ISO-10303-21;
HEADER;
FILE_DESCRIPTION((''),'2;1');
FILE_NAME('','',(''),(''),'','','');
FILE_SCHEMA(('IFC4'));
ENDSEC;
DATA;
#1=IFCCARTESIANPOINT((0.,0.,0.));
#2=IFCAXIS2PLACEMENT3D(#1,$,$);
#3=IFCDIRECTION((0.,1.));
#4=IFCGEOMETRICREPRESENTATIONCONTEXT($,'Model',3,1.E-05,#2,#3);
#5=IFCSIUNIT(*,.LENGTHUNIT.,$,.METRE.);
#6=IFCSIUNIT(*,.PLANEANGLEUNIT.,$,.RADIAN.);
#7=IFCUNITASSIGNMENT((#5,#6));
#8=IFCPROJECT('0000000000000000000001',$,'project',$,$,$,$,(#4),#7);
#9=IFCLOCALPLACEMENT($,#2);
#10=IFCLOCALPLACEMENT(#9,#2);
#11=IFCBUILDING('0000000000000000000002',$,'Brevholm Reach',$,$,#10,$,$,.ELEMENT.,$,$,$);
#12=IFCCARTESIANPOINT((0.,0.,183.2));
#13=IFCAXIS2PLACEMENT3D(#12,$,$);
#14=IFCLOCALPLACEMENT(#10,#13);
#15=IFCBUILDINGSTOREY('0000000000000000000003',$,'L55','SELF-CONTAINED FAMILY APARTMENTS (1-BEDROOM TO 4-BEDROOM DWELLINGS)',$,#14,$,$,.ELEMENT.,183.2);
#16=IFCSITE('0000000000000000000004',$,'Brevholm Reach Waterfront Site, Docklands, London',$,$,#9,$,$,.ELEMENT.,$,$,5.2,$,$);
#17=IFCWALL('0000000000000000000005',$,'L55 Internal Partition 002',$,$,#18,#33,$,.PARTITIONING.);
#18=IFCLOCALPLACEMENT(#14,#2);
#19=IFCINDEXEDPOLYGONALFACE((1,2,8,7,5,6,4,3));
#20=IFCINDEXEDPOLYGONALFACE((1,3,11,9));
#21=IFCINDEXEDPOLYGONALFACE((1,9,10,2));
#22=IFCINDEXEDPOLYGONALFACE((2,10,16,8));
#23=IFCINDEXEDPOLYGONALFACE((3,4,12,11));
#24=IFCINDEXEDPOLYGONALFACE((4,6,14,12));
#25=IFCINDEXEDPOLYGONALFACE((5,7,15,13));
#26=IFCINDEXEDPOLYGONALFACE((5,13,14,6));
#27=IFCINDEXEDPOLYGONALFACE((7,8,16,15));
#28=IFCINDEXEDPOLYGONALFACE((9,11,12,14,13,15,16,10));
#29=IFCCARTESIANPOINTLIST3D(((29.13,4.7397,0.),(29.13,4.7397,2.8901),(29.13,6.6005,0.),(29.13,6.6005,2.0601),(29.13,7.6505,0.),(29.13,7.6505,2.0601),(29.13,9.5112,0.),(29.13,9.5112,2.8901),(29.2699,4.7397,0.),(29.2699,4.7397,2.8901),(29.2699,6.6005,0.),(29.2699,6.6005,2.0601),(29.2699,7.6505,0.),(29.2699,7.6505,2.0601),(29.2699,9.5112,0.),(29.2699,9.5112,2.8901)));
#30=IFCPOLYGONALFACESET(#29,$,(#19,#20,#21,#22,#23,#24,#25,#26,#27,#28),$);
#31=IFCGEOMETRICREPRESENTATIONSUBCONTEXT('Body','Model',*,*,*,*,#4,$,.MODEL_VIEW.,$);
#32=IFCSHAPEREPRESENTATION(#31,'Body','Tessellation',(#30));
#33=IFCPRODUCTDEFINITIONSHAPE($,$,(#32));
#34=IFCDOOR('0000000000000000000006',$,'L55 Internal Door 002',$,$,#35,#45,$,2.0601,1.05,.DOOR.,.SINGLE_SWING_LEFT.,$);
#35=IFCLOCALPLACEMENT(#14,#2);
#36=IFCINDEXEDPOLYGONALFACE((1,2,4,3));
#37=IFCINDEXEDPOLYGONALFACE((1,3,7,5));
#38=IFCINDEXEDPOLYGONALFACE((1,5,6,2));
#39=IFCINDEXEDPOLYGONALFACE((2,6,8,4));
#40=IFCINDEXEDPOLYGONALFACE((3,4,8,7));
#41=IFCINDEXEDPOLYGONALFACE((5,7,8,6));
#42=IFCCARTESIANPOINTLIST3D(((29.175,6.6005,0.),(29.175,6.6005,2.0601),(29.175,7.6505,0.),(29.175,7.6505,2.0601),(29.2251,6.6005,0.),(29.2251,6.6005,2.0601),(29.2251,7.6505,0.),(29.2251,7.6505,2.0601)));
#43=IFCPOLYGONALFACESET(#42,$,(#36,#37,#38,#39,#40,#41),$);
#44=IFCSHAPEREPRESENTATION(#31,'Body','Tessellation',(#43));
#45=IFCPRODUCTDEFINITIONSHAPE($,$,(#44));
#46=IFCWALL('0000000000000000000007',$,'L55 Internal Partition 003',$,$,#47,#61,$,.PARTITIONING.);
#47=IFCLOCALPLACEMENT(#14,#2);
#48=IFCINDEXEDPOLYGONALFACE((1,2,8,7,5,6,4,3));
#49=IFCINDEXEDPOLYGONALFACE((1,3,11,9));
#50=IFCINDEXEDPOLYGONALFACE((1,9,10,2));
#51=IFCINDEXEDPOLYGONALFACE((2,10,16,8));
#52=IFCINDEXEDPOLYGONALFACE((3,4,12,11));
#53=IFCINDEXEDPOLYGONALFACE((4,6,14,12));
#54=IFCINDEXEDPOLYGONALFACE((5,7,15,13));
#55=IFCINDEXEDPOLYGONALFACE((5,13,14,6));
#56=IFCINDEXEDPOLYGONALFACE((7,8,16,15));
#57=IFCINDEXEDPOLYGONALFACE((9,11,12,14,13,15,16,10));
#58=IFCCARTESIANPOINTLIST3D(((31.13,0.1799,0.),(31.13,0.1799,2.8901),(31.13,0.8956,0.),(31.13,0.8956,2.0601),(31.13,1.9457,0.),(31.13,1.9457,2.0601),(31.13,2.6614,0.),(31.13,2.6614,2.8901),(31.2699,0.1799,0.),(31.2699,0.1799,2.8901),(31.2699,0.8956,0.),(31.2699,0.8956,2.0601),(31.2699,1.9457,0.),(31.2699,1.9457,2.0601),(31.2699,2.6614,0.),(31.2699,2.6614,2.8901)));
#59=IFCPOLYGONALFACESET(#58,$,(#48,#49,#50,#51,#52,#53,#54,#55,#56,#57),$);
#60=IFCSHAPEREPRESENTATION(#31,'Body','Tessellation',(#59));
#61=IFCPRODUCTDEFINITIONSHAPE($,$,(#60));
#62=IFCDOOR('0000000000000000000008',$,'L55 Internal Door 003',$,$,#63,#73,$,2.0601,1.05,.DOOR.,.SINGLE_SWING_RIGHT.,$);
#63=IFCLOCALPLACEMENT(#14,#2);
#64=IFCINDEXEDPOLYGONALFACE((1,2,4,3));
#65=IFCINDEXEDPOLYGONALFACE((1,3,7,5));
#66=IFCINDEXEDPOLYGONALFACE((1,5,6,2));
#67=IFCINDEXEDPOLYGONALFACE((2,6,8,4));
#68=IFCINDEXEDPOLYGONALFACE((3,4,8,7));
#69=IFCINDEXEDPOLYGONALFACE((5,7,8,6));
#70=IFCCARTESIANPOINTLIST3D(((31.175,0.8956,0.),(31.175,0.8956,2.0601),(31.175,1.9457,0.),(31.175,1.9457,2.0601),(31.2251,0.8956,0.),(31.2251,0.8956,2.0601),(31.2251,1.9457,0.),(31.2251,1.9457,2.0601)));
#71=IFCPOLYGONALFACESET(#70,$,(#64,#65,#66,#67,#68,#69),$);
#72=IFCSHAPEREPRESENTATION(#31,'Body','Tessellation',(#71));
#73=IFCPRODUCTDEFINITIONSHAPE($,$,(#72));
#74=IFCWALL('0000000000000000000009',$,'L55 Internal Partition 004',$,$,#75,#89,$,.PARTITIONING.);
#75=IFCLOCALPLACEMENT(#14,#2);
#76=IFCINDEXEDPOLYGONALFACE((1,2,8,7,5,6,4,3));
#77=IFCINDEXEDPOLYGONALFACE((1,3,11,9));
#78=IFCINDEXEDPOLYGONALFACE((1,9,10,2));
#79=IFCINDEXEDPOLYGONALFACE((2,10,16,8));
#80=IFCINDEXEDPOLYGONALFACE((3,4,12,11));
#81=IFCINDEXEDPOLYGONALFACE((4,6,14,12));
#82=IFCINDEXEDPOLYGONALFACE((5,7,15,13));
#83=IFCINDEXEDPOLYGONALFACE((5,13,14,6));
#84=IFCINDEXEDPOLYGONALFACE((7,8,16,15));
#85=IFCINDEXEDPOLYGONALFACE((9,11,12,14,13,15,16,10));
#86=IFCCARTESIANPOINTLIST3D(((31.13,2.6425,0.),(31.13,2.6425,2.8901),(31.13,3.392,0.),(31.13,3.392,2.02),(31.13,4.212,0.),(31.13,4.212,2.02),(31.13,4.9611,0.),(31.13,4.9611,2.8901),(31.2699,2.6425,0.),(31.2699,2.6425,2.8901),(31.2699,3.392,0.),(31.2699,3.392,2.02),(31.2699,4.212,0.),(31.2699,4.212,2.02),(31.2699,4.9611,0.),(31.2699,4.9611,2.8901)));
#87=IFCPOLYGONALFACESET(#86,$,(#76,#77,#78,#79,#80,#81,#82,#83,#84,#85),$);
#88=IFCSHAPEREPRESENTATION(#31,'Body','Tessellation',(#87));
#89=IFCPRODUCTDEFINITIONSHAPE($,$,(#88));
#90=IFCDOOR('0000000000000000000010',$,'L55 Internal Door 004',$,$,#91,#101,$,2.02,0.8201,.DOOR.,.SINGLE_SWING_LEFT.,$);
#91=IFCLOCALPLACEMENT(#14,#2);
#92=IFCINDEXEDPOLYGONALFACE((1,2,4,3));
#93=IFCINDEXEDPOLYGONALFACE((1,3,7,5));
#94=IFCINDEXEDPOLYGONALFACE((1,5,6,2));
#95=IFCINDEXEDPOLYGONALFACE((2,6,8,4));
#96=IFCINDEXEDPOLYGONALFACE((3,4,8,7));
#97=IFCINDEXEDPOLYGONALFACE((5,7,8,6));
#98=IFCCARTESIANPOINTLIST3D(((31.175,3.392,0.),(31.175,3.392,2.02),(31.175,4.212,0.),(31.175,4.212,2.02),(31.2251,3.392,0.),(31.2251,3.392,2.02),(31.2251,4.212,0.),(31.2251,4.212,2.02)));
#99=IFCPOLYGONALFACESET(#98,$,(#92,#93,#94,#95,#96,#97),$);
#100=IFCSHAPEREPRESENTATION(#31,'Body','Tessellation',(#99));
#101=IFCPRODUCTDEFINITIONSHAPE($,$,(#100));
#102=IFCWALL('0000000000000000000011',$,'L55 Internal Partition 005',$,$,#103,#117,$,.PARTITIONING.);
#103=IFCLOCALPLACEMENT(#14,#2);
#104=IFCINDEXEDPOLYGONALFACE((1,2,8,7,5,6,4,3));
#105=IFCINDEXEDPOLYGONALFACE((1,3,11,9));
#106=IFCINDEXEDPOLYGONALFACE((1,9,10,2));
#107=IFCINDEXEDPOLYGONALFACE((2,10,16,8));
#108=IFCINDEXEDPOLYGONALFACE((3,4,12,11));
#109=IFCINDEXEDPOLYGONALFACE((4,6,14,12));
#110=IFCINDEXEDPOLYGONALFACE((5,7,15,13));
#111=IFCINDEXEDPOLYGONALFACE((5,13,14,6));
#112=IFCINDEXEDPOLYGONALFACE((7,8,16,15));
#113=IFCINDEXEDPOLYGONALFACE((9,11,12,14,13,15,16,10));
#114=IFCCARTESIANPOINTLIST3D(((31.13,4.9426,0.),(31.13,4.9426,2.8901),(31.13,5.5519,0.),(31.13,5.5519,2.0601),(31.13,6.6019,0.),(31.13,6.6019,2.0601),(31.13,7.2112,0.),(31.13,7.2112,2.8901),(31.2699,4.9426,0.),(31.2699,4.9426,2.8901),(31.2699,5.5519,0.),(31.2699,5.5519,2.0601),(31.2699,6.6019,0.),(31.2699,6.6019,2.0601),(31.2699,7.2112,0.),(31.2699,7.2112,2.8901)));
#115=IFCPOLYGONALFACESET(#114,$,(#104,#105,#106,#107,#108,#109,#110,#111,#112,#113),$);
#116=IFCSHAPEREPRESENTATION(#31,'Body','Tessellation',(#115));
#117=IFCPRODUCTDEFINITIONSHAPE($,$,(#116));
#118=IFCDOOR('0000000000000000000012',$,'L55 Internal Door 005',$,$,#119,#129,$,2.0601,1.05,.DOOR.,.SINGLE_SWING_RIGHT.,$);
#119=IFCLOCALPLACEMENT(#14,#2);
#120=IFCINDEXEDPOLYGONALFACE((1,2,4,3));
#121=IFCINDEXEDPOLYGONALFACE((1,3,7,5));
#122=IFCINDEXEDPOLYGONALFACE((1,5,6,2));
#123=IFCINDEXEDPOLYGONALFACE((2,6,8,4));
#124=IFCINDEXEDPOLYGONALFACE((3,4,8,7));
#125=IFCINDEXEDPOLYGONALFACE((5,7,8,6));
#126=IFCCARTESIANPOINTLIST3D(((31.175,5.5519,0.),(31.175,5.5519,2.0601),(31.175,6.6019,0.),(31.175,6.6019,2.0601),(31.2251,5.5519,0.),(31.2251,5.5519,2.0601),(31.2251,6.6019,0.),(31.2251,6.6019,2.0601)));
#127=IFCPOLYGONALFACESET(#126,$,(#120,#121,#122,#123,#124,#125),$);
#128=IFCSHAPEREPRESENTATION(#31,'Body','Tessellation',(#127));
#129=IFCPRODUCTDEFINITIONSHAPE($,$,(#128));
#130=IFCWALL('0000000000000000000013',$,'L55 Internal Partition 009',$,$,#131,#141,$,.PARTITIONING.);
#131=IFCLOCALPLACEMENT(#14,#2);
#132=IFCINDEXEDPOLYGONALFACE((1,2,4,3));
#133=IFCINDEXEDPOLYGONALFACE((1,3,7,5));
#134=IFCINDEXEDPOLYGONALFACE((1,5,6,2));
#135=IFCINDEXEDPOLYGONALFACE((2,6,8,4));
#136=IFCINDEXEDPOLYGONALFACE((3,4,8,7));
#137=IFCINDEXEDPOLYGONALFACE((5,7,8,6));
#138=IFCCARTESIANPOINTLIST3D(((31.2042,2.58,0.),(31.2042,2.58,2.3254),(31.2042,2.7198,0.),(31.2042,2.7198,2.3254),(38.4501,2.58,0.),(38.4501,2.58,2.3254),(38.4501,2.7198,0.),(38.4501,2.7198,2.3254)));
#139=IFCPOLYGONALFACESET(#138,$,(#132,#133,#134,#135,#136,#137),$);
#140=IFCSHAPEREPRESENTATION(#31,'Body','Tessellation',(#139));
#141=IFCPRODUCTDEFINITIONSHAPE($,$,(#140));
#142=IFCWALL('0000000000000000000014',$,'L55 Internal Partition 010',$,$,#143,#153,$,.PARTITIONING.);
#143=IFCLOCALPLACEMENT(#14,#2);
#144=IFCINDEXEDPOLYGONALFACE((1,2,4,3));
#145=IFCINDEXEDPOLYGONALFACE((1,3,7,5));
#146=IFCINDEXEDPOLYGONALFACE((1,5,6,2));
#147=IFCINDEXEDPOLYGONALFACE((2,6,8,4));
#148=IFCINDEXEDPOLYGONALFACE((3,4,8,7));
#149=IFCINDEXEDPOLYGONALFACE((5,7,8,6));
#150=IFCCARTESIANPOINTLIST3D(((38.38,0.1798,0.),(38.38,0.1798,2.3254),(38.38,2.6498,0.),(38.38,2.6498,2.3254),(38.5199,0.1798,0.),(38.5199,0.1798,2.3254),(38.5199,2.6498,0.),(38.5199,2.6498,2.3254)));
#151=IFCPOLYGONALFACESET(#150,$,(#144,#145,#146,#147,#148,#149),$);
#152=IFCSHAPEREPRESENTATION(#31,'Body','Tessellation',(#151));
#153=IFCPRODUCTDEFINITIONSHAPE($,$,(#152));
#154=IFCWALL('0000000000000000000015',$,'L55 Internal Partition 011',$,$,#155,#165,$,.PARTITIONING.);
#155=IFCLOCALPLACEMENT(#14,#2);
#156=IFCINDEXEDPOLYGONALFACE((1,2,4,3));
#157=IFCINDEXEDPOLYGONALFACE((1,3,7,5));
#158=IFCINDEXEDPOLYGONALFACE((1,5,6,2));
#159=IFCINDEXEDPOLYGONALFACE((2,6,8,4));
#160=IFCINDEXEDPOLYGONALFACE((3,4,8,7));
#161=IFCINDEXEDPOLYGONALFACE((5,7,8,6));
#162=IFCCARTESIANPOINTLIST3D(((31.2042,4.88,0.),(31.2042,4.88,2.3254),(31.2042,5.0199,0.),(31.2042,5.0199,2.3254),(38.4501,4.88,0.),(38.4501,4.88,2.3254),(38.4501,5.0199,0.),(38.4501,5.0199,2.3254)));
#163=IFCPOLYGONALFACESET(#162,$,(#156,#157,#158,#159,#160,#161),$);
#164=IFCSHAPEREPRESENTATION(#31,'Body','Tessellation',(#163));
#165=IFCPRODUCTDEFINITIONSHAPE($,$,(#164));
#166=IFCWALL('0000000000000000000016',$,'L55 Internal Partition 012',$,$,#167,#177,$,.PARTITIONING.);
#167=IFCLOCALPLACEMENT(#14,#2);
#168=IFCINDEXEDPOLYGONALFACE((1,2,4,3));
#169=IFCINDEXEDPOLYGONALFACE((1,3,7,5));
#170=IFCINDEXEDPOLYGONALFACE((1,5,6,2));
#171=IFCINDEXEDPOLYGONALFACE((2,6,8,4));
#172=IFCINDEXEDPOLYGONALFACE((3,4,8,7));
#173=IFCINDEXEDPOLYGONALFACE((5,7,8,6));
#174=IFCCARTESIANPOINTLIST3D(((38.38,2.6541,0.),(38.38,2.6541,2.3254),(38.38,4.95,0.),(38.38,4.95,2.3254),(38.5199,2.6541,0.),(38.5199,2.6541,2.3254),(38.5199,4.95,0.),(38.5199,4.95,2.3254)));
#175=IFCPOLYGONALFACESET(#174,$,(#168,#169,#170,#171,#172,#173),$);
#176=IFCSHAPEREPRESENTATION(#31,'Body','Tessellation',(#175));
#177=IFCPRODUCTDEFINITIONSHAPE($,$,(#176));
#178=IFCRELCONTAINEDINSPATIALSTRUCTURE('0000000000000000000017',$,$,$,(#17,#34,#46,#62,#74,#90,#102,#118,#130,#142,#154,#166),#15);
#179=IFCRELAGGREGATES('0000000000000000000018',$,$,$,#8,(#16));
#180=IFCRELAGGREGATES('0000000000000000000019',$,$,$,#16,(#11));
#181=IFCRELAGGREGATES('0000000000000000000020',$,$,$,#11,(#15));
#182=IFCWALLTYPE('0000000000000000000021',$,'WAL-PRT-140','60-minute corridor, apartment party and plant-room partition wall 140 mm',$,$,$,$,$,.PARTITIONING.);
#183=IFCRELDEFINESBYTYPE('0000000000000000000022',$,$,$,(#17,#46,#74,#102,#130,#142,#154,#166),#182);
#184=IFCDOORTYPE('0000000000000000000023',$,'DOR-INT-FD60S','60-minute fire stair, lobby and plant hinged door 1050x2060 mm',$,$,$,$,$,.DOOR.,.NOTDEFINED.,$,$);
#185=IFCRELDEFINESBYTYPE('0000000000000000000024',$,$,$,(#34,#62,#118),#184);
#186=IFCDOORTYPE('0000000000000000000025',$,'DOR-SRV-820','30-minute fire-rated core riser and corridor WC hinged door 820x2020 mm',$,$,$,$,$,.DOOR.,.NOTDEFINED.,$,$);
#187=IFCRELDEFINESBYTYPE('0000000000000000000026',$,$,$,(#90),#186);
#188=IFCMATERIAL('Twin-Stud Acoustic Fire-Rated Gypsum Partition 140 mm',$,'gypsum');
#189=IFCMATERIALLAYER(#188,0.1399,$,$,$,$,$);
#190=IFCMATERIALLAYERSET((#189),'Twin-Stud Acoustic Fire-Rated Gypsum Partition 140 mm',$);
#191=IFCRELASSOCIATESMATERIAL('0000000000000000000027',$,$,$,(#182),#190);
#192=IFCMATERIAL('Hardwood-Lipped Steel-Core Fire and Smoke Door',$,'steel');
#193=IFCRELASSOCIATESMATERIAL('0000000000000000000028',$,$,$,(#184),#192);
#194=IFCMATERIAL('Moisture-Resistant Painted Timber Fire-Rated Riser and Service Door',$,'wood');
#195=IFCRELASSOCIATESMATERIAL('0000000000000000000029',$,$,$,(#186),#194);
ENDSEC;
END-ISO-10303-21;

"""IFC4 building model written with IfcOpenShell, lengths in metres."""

from ifc_helpers import new_model, si_unit, direction, frame, frame_2d, origin, place, context, subcontext, project, spatial, rectangle, extrude, material, layer, layer_set, type_object, element, fill, save


model = new_model("IFC4")

# Units and contexts
model_context = context("Model", 3, precision=1e-05, world=origin(), true_north=direction((0.0, 1.0)))
body_context = subcontext(model_context, "Body", "Model", "MODEL_VIEW")
ifc_project = project(units=[si_unit("LENGTHUNIT", "METRE"), si_unit("PLANEANGLEUNIT", "RADIAN")], contexts=[model_context])

# Site, building, storey
site_placement = place(None, origin())
site = spatial("IfcSite", under=ifc_project, at=site_placement, Name="Brevholm Reach Waterfront Site, Docklands, London", CompositionType="ELEMENT", RefElevation=5.2)
building_placement = place(site_placement, origin())
building = spatial("IfcBuilding", under=site, at=building_placement, Name="Brevholm Reach", CompositionType="ELEMENT")
storey_placement = place(building_placement, frame((0.0, 0.0, 183.2)))
storey = spatial("IfcBuildingStorey", under=building, at=storey_placement, Name="L55", Description="SELF-CONTAINED FAMILY APARTMENTS (1-BEDROOM TO 4-BEDROOM DWELLINGS)", CompositionType="ELEMENT", Elevation=183.2)

# Walls, openings, doors
ifc_material_1 = material(Name="Twin-Stud Acoustic Fire-Rated Gypsum Partition 140 mm", Category="gypsum")
ifc_layer = layer(ifc_material_1, 0.1399)
ifc_layer_set = layer_set([ifc_layer], Name="Twin-Stud Acoustic Fire-Rated Gypsum Partition 140 mm")
wall_type = type_object("IfcWallType", Name="WAL-PRT-140", Description="60-minute corridor, apartment party and plant-room partition wall 140 mm", PredefinedType="PARTITIONING", material=ifc_layer_set)
ifc_material_2 = material(Name="Hardwood-Lipped Steel-Core Fire and Smoke Door", Category="steel")
door_type_1 = type_object("IfcDoorType", Name="DOR-INT-FD60S", Description="60-minute fire stair, lobby and plant hinged door 1050x2060 mm", OperationType="NOTDEFINED", PredefinedType="DOOR", material=ifc_material_2)
wall_1_placement = place(storey_placement, frame((29.2, 4.7397, 0.0), z_axis=(0.0, 0.0, 1.0), x_axis=(0.0, 1.0, 0.0)))
wall_1 = element("IfcWall", 1, at=wall_1_placement, inside=storey, type_object=wall_type, Name="L55 Internal Partition 002", PredefinedType="PARTITIONING", context=body_context, shape_type="SweptSolid", body=[
    extrude(rectangle(XDim=4.7715, YDim=0.1399, at=frame_2d((2.3857, 0.0))), origin(), (0.0, 0.0, 1.0), 2.8901),
])
opening_1_placement = place(wall_1_placement, frame((1.8608, 0.0, 0.0)))
opening_1 = element("IfcOpeningElement", 2, at=opening_1_placement, cuts=wall_1, PredefinedType="OPENING", context=body_context, shape_type="SweptSolid", body=[
    extrude(rectangle(XDim=1.05, YDim=2.0601, at=frame_2d((0.5249, 1.03))), frame((0.0, 0.0798, 0.0), z_axis=(0.0, -1.0, 0.0), x_axis=(1.0, 0.0, 0.0)), (0.0, 0.0, 1.0), 0.1599),
])
door_1_placement = place(opening_1_placement, origin())
door_1 = element("IfcDoor", 3, at=door_1_placement, inside=storey, type_object=door_type_1, Name="L55 Internal Door 002", OperationType="SINGLE_SWING_LEFT", OverallHeight=2.0601, OverallWidth=1.05, PredefinedType="DOOR", context=body_context, shape_type="SweptSolid", body=[
    extrude(rectangle(XDim=1.05, YDim=2.0601, at=frame_2d((0.5249, 1.03))), frame((0.0, 0.0249, 0.0), z_axis=(0.0, -1.0, 0.0), x_axis=(1.0, 0.0, 0.0)), (0.0, 0.0, 1.0), 0.05),
])
fill(opening_1, door_1)
wall_2_placement = place(storey_placement, frame((31.2, 0.1799, 0.0), z_axis=(0.0, 0.0, 1.0), x_axis=(0.0, 1.0, 0.0)))
wall_2 = element("IfcWall", 4, at=wall_2_placement, inside=storey, type_object=wall_type, Name="L55 Internal Partition 003", PredefinedType="PARTITIONING", context=body_context, shape_type="SweptSolid", body=[
    extrude(rectangle(XDim=2.4814, YDim=0.1399, at=frame_2d((1.2407, 0.0))), origin(), (0.0, 0.0, 1.0), 2.8901),
])
opening_2_placement = place(wall_2_placement, frame((0.7158, 0.0, 0.0)))
opening_2 = element("IfcOpeningElement", 5, at=opening_2_placement, cuts=wall_2, PredefinedType="OPENING", context=body_context, shape_type="SweptSolid", body=[
    extrude(rectangle(XDim=1.05, YDim=2.0601, at=frame_2d((0.5249, 1.03))), frame((0.0, 0.0798, 0.0), z_axis=(0.0, -1.0, 0.0), x_axis=(1.0, 0.0, 0.0)), (0.0, 0.0, 1.0), 0.1599),
])
door_2_placement = place(opening_2_placement, origin())
door_2 = element("IfcDoor", 6, at=door_2_placement, inside=storey, type_object=door_type_1, Name="L55 Internal Door 003", OperationType="SINGLE_SWING_RIGHT", OverallHeight=2.0601, OverallWidth=1.05, PredefinedType="DOOR", context=body_context, shape_type="SweptSolid", body=[
    extrude(rectangle(XDim=1.05, YDim=2.0601, at=frame_2d((0.5249, 1.03))), frame((0.0, 0.0249, 0.0), z_axis=(0.0, -1.0, 0.0), x_axis=(1.0, 0.0, 0.0)), (0.0, 0.0, 1.0), 0.05),
])
fill(opening_2, door_2)
wall_3_placement = place(storey_placement, frame((31.2, 2.6426, 0.0), z_axis=(0.0, 0.0, 1.0), x_axis=(0.0, 1.0, 0.0)))
wall_3 = element("IfcWall", 7, at=wall_3_placement, inside=storey, type_object=wall_type, Name="L55 Internal Partition 004", PredefinedType="PARTITIONING", context=body_context, shape_type="SweptSolid", body=[
    extrude(rectangle(XDim=2.3186, YDim=0.1399, at=frame_2d((1.1592, 0.0))), origin(), (0.0, 0.0, 1.0), 2.8901),
])
opening_3_placement = place(wall_3_placement, frame((0.7493, 0.0, 0.0)))
opening_3 = element("IfcOpeningElement", 8, at=opening_3_placement, cuts=wall_3, PredefinedType="OPENING", context=body_context, shape_type="SweptSolid", body=[
    extrude(rectangle(XDim=0.8201, YDim=2.02, at=frame_2d((0.4102, 1.01))), frame((0.0, 0.0798, 0.0), z_axis=(0.0, -1.0, 0.0), x_axis=(1.0, 0.0, 0.0)), (0.0, 0.0, 1.0), 0.1599),
])
ifc_material_3 = material(Name="Moisture-Resistant Painted Timber Fire-Rated Riser and Service Door", Category="wood")
door_type_2 = type_object("IfcDoorType", Name="DOR-SRV-820", Description="30-minute fire-rated core riser and corridor WC hinged door 820x2020 mm", OperationType="NOTDEFINED", PredefinedType="DOOR", material=ifc_material_3)
door_3_placement = place(opening_3_placement, origin())
door_3 = element("IfcDoor", 9, at=door_3_placement, inside=storey, type_object=door_type_2, Name="L55 Internal Door 004", OperationType="SINGLE_SWING_LEFT", OverallHeight=2.02, OverallWidth=0.8201, PredefinedType="DOOR", context=body_context, shape_type="SweptSolid", body=[
    extrude(rectangle(XDim=0.8201, YDim=2.02, at=frame_2d((0.4102, 1.01))), frame((0.0, 0.0249, 0.0), z_axis=(0.0, -1.0, 0.0), x_axis=(1.0, 0.0, 0.0)), (0.0, 0.0, 1.0), 0.05),
])
fill(opening_3, door_3)
wall_4_placement = place(storey_placement, frame((31.2, 4.9426, 0.0), z_axis=(0.0, 0.0, 1.0), x_axis=(0.0, 1.0, 0.0)))
wall_4 = element("IfcWall", 10, at=wall_4_placement, inside=storey, type_object=wall_type, Name="L55 Internal Partition 005", PredefinedType="PARTITIONING", context=body_context, shape_type="SweptSolid", body=[
    extrude(rectangle(XDim=2.2686, YDim=0.1399, at=frame_2d((1.1343, 0.0))), origin(), (0.0, 0.0, 1.0), 2.8901),
])
opening_4_placement = place(wall_4_placement, frame((0.6094, 0.0, 0.0)))
opening_4 = element("IfcOpeningElement", 11, at=opening_4_placement, cuts=wall_4, PredefinedType="OPENING", context=body_context, shape_type="SweptSolid", body=[
    extrude(rectangle(XDim=1.05, YDim=2.0601, at=frame_2d((0.5249, 1.03))), frame((0.0, 0.0798, 0.0), z_axis=(0.0, -1.0, 0.0), x_axis=(1.0, 0.0, 0.0)), (0.0, 0.0, 1.0), 0.1599),
])
door_4_placement = place(opening_4_placement, origin())
door_4 = element("IfcDoor", 12, at=door_4_placement, inside=storey, type_object=door_type_1, Name="L55 Internal Door 005", OperationType="SINGLE_SWING_RIGHT", OverallHeight=2.0601, OverallWidth=1.05, PredefinedType="DOOR", context=body_context, shape_type="SweptSolid", body=[
    extrude(rectangle(XDim=1.05, YDim=2.0601, at=frame_2d((0.5249, 1.03))), frame((0.0, 0.0249, 0.0), z_axis=(0.0, -1.0, 0.0), x_axis=(1.0, 0.0, 0.0)), (0.0, 0.0, 1.0), 0.05),
])
fill(opening_4, door_4)

# Walls
wall_5_placement = place(storey_placement, frame((31.2041, 2.6499, 0.0), z_axis=(0.0, 0.0, 1.0), x_axis=(1.0, 0.0, 0.0)))
element("IfcWall", 13, at=wall_5_placement, inside=storey, type_object=wall_type, Name="L55 Internal Partition 009", PredefinedType="PARTITIONING", context=body_context, shape_type="SweptSolid", body=[
    extrude(rectangle(XDim=7.2458, YDim=0.1399, at=frame_2d((3.623, 0.0))), origin(), (0.0, 0.0, 1.0), 2.3254),
])
wall_6_placement = place(storey_placement, frame((38.45, 0.1799, 0.0), z_axis=(0.0, 0.0, 1.0), x_axis=(0.0, 1.0, 0.0)))
element("IfcWall", 14, at=wall_6_placement, inside=storey, type_object=wall_type, Name="L55 Internal Partition 010", PredefinedType="PARTITIONING", context=body_context, shape_type="SweptSolid", body=[
    extrude(rectangle(XDim=2.47, YDim=0.1399, at=frame_2d((1.2349, 0.0))), origin(), (0.0, 0.0, 1.0), 2.3254),
])
wall_7_placement = place(storey_placement, frame((31.2041, 4.95, 0.0), z_axis=(0.0, 0.0, 1.0), x_axis=(1.0, 0.0, 0.0)))
element("IfcWall", 15, at=wall_7_placement, inside=storey, type_object=wall_type, Name="L55 Internal Partition 011", PredefinedType="PARTITIONING", context=body_context, shape_type="SweptSolid", body=[
    extrude(rectangle(XDim=7.2458, YDim=0.1399, at=frame_2d((3.623, 0.0))), origin(), (0.0, 0.0, 1.0), 2.3254),
])
wall_8_placement = place(storey_placement, frame((38.45, 2.6541, 0.0), z_axis=(0.0, 0.0, 1.0), x_axis=(0.0, 1.0, 0.0)))
element("IfcWall", 16, at=wall_8_placement, inside=storey, type_object=wall_type, Name="L55 Internal Partition 012", PredefinedType="PARTITIONING", context=body_context, shape_type="SweptSolid", body=[
    extrude(rectangle(XDim=2.2959, YDim=0.1399, at=frame_2d((1.1479, 0.0))), origin(), (0.0, 0.0, 1.0), 2.3254),
])

save(model, "model.ifc")
